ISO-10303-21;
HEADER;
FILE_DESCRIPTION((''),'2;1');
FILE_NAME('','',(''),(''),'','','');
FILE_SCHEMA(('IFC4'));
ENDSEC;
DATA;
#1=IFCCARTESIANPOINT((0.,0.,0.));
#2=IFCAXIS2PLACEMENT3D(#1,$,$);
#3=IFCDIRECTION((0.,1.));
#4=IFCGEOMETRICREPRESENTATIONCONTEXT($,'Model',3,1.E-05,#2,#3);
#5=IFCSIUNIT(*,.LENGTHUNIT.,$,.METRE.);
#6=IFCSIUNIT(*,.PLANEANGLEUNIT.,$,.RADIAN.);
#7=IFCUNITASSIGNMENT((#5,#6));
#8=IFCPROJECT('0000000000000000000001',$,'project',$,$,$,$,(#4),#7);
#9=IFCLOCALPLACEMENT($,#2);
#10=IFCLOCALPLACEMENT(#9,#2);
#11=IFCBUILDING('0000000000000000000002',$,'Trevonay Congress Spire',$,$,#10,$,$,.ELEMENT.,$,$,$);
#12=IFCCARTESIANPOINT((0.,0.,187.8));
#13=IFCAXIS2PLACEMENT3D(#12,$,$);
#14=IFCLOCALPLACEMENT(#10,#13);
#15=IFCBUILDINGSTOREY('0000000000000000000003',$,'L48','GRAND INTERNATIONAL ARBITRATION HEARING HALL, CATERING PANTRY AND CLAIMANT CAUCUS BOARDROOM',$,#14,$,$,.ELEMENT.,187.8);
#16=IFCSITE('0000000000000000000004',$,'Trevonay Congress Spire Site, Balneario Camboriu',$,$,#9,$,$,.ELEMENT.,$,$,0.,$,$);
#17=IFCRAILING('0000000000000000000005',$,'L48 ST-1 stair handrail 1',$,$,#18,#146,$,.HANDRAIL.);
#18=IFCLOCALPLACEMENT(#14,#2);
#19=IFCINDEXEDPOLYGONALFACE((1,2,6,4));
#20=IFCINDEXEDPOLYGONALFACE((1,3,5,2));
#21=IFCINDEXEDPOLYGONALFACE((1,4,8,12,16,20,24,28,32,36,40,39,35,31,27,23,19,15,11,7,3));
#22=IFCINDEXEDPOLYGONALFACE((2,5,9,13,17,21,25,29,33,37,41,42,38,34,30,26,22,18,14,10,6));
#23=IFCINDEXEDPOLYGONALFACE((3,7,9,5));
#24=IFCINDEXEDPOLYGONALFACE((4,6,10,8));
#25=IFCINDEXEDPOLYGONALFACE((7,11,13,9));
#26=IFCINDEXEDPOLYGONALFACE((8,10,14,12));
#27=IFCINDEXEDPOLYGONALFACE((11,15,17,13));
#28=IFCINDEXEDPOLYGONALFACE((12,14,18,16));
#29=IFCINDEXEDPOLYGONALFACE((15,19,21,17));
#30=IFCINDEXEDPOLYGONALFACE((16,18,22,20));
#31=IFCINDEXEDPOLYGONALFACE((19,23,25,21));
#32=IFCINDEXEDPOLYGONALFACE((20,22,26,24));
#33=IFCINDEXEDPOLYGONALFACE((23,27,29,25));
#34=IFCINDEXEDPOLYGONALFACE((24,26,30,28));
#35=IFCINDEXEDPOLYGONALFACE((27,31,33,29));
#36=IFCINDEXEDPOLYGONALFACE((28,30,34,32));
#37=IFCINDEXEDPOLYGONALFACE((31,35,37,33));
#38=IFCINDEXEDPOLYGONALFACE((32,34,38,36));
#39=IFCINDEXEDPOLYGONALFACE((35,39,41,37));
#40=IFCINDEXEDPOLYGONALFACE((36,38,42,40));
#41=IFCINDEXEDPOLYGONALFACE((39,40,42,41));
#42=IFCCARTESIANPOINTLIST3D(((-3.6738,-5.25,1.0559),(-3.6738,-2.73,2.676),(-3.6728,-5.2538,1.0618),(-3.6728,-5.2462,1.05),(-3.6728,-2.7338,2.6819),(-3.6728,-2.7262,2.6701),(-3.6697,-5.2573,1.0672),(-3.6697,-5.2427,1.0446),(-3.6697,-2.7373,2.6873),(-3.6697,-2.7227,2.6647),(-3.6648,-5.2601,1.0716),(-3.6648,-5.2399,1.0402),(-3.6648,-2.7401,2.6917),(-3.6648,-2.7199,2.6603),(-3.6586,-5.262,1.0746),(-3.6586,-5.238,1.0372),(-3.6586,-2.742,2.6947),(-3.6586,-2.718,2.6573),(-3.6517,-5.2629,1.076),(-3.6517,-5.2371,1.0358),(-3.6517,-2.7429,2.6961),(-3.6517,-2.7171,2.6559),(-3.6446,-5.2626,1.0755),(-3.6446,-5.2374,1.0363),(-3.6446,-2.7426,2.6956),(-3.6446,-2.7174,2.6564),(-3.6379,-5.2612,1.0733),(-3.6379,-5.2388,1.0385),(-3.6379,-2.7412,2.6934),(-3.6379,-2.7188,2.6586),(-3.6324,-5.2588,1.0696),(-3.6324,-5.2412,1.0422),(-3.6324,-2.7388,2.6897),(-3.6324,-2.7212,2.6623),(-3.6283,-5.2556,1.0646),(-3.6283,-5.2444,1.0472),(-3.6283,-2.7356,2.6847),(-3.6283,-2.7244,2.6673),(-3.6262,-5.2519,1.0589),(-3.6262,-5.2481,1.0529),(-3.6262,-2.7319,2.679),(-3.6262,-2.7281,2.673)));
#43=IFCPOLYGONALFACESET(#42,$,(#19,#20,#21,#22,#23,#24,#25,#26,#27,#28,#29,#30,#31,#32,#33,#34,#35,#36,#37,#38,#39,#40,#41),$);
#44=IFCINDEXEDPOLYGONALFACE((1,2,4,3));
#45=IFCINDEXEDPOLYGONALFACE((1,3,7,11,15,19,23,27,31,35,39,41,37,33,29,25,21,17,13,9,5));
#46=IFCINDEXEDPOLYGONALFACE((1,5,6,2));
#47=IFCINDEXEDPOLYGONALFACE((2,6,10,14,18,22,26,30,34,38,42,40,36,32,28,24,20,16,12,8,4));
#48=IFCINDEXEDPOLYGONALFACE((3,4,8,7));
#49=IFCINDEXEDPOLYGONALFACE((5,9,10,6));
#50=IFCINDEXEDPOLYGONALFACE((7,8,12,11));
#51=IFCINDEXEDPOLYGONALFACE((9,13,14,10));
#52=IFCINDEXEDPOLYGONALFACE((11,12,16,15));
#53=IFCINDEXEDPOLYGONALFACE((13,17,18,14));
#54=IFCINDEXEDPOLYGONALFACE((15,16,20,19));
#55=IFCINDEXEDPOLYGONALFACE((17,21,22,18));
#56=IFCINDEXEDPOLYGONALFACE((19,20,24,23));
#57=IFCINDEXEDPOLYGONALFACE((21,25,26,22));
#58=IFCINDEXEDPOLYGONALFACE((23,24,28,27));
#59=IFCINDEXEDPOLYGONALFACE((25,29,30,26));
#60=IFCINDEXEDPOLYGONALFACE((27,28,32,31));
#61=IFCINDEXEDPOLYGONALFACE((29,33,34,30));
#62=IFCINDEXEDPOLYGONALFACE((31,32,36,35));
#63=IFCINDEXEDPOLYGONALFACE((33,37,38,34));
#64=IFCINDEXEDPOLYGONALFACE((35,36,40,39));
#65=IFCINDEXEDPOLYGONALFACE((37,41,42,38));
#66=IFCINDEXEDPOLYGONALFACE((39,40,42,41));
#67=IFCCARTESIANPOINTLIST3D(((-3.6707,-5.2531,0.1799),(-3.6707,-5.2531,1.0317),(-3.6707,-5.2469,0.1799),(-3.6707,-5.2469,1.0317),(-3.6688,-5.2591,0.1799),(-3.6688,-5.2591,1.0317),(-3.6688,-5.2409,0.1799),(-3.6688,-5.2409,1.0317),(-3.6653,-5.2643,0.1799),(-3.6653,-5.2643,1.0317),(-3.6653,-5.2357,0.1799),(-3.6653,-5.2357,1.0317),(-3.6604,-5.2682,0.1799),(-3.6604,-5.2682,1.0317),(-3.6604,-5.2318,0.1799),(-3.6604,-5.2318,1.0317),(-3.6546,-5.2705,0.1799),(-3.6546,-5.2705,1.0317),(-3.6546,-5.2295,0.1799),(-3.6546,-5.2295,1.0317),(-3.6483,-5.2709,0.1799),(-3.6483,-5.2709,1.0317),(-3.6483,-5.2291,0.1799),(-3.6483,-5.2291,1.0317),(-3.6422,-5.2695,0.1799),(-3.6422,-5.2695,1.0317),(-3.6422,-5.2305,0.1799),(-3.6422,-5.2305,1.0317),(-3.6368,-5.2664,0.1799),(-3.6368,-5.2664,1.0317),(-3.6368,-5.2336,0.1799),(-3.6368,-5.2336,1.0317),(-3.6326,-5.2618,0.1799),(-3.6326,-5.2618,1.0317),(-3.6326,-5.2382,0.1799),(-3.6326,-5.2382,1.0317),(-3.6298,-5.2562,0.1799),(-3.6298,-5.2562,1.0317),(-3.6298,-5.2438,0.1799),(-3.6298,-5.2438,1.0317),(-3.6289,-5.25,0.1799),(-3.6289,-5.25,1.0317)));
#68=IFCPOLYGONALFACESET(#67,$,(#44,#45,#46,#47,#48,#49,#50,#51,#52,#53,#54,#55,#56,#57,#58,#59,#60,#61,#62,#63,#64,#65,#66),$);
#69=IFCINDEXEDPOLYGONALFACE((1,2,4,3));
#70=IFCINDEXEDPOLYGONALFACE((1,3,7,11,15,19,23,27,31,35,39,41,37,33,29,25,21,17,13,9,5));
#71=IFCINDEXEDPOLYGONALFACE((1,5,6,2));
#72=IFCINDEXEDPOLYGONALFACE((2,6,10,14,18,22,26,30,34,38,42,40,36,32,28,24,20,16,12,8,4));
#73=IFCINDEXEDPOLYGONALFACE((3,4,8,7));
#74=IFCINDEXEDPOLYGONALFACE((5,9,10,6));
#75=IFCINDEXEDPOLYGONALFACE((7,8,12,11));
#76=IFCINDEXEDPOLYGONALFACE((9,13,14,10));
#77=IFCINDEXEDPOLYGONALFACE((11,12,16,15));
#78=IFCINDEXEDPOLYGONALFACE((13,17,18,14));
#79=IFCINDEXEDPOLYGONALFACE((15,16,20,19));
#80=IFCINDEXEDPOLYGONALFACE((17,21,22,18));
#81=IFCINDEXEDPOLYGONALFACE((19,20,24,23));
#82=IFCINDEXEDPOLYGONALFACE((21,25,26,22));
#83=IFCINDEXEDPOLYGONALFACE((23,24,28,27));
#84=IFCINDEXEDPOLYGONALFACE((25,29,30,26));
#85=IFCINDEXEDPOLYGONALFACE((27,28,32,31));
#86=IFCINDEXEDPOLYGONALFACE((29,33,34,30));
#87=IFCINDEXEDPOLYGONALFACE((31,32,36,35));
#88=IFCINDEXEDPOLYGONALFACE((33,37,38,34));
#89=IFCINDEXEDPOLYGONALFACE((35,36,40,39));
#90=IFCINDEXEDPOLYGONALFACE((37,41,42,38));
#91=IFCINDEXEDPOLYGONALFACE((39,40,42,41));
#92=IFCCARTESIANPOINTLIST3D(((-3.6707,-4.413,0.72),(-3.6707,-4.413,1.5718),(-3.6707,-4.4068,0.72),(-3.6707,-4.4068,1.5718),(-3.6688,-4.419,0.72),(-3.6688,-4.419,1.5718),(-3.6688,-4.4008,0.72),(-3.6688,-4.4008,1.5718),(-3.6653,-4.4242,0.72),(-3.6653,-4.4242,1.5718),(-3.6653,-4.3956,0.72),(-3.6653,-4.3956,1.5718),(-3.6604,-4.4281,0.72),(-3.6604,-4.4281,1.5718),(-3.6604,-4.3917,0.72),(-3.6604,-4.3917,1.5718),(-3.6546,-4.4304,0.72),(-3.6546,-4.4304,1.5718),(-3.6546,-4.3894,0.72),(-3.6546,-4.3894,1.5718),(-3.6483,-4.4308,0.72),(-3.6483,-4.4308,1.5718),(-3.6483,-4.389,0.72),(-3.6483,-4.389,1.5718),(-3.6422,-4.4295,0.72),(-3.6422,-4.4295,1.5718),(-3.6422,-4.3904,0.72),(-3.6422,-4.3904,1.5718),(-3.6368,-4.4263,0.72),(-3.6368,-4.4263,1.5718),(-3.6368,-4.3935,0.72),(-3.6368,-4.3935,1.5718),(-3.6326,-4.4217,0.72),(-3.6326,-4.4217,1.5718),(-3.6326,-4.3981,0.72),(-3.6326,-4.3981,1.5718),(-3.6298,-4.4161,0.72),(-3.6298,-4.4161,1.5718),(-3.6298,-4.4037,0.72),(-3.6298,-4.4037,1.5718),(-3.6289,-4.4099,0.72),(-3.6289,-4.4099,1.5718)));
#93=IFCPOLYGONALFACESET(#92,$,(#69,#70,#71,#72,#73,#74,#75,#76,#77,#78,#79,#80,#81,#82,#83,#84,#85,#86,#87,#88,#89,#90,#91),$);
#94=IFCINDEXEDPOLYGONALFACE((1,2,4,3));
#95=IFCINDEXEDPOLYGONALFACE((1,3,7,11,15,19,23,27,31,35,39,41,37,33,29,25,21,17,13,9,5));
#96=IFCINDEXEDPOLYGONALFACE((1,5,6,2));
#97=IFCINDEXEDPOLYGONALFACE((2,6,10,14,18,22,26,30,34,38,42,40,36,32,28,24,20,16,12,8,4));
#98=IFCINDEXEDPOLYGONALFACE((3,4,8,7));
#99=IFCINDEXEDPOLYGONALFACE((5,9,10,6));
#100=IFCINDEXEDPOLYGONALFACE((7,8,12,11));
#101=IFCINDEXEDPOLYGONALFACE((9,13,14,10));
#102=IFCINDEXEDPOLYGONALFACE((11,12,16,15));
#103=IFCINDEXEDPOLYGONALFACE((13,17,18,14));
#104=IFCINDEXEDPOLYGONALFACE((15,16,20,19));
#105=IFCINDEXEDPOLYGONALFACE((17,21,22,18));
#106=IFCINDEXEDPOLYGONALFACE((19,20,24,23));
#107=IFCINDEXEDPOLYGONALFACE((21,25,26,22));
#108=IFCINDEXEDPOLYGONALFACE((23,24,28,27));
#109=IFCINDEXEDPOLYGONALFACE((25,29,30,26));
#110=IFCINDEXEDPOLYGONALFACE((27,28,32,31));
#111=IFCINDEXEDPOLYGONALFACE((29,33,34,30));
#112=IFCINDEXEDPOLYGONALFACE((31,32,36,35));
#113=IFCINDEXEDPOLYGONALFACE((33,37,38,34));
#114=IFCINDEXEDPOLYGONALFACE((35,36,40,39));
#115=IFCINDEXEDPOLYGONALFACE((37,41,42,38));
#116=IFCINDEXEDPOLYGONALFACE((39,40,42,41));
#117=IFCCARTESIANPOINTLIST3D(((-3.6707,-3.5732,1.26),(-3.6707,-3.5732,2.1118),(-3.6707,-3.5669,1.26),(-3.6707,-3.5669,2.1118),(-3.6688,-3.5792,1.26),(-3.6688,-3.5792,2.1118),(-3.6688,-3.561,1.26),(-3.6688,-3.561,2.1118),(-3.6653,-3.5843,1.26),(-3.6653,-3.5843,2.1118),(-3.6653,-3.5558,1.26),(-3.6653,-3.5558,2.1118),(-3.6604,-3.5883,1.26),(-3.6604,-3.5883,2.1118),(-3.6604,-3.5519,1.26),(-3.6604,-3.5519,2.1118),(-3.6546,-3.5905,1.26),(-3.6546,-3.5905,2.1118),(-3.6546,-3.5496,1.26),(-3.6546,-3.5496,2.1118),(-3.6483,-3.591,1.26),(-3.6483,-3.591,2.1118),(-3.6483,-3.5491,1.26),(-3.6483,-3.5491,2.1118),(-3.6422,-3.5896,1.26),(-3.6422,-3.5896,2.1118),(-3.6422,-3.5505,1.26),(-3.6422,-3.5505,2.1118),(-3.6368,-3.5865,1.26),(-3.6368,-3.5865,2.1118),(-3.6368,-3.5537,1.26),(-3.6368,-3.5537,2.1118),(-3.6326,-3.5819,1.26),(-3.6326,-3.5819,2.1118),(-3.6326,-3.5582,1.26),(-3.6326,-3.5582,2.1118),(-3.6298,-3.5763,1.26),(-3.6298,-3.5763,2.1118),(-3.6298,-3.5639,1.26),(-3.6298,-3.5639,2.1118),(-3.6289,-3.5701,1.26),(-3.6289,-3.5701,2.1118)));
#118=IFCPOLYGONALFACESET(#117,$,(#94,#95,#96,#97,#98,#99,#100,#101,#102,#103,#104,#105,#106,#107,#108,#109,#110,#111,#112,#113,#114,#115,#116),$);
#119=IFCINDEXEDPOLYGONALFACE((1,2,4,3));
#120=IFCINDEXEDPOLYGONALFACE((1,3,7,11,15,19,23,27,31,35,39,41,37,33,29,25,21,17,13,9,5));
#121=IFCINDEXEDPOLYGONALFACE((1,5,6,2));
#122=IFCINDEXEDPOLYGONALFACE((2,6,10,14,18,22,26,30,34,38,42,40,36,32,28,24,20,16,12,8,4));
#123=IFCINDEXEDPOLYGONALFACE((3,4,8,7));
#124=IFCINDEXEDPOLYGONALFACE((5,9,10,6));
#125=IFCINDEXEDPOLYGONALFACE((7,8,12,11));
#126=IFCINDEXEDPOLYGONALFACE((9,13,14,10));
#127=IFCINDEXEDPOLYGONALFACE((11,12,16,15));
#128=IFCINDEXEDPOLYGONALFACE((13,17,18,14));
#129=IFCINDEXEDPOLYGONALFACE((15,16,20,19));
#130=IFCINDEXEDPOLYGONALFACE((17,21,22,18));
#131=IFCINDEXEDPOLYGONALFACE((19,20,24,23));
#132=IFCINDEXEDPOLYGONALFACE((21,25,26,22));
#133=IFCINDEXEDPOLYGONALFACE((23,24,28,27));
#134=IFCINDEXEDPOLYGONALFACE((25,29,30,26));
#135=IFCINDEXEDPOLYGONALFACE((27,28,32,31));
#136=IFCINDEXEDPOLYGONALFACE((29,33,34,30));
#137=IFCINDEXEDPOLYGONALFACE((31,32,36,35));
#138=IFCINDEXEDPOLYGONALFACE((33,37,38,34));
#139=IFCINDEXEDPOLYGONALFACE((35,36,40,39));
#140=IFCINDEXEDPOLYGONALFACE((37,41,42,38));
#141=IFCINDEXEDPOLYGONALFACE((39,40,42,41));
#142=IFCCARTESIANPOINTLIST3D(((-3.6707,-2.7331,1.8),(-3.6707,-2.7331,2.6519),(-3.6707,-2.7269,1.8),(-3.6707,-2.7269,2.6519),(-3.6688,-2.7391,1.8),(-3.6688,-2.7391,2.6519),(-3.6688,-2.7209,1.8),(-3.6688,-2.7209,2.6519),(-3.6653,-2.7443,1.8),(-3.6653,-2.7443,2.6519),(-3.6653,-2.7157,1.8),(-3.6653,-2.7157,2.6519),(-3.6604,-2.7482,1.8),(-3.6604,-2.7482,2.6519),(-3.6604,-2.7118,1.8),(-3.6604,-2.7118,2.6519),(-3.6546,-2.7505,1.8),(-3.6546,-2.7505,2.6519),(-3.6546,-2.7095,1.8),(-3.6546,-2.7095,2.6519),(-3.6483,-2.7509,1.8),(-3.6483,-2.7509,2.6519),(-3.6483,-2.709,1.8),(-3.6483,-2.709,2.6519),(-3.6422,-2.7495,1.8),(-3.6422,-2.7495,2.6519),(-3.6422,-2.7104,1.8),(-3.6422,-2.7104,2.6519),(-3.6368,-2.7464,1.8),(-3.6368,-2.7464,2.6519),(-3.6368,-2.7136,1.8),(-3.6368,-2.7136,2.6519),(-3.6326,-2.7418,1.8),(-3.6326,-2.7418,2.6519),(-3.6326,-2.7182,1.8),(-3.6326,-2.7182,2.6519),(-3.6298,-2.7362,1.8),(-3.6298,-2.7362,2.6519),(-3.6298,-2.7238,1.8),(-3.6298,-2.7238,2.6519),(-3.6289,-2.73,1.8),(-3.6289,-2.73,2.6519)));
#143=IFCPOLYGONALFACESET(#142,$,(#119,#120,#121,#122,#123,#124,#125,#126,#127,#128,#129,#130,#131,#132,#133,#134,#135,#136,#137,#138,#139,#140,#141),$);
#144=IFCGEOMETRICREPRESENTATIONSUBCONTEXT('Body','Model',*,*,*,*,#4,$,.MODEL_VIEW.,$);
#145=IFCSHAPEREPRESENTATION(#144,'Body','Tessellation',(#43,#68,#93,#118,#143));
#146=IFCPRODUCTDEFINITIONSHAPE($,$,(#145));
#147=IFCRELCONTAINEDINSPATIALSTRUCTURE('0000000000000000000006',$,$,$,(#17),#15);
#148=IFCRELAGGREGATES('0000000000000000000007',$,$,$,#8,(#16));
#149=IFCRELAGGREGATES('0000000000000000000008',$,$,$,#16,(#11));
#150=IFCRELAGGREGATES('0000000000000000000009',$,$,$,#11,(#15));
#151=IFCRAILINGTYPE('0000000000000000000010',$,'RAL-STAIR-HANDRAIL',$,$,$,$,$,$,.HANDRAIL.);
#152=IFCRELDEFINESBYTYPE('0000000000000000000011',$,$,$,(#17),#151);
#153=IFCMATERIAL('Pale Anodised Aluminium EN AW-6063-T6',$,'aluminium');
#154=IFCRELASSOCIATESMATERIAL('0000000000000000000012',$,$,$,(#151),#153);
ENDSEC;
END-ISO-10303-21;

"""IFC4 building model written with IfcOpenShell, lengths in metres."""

from ifc_helpers import new_model, si_unit, direction, frame, origin, origin_2d, place, context, subcontext, project, spatial, circle, extrude, material, type_object, element, save


model = new_model("IFC4")

# Units and contexts
model_context = context("Model", 3, precision=1e-05, world=origin(), true_north=direction((0.0, 1.0)))
body_context = subcontext(model_context, "Body", "Model", "MODEL_VIEW")
ifc_project = project(units=[si_unit("LENGTHUNIT", "METRE"), si_unit("PLANEANGLEUNIT", "RADIAN")], contexts=[model_context])

# Site, building, storey
site_placement = place(None, origin())
site = spatial("IfcSite", under=ifc_project, at=site_placement, Name="Trevonay Congress Spire Site, Balneario Camboriu", CompositionType="ELEMENT", RefElevation=0.0)
building_placement = place(site_placement, origin())
building = spatial("IfcBuilding", under=site, at=building_placement, Name="Trevonay Congress Spire", CompositionType="ELEMENT")
storey_placement = place(building_placement, frame((0.0, 0.0, 187.8)))
storey = spatial("IfcBuildingStorey", under=building, at=storey_placement, Name="L48", Description="GRAND INTERNATIONAL ARBITRATION HEARING HALL, CATERING PANTRY AND CLAIMANT CAUCUS BOARDROOM", CompositionType="ELEMENT", Elevation=187.8)

# Railing
ifc_material_1 = material(Name="Pale Anodised Aluminium EN AW-6063-T6", Category="aluminium")
railing_type_1 = type_object("IfcRailingType", Name="RAL-STAIR-HANDRAIL", PredefinedType="HANDRAIL", material=ifc_material_1)
railing_1_placement = place(storey_placement, frame((-3.6499, -5.25, 0.1799)))
element("IfcRailing", 1, at=railing_1_placement, inside=storey, type_object=railing_type_1, Name="L48 ST-1 stair handrail 1", PredefinedType="HANDRAIL", context=body_context, shape_type="SweptSolid", body=[
    extrude(circle(Radius=0.0239, at=origin_2d()), frame((0.0, 0.0, 0.876), z_axis=(0.0, 0.841163, 0.540782), x_axis=(-1.0, 0.0, 0.0)), (0.0, 0.0, 1.0), 2.9958),
    extrude(circle(Radius=0.021, at=origin_2d()), origin(), (0.0, 0.0, 1.0), 0.8518),
    extrude(circle(Radius=0.021, at=origin_2d()), frame((0.0, 0.8401, 0.54)), (0.0, 0.0, 1.0), 0.8518),
    extrude(circle(Radius=0.021, at=origin_2d()), frame((0.0, 1.6799, 1.0801)), (0.0, 0.0, 1.0), 0.8518),
    extrude(circle(Radius=0.021, at=origin_2d()), frame((0.0, 2.52, 1.6201)), (0.0, 0.0, 1.0), 0.8518),
])

save(model, "model.ifc")
